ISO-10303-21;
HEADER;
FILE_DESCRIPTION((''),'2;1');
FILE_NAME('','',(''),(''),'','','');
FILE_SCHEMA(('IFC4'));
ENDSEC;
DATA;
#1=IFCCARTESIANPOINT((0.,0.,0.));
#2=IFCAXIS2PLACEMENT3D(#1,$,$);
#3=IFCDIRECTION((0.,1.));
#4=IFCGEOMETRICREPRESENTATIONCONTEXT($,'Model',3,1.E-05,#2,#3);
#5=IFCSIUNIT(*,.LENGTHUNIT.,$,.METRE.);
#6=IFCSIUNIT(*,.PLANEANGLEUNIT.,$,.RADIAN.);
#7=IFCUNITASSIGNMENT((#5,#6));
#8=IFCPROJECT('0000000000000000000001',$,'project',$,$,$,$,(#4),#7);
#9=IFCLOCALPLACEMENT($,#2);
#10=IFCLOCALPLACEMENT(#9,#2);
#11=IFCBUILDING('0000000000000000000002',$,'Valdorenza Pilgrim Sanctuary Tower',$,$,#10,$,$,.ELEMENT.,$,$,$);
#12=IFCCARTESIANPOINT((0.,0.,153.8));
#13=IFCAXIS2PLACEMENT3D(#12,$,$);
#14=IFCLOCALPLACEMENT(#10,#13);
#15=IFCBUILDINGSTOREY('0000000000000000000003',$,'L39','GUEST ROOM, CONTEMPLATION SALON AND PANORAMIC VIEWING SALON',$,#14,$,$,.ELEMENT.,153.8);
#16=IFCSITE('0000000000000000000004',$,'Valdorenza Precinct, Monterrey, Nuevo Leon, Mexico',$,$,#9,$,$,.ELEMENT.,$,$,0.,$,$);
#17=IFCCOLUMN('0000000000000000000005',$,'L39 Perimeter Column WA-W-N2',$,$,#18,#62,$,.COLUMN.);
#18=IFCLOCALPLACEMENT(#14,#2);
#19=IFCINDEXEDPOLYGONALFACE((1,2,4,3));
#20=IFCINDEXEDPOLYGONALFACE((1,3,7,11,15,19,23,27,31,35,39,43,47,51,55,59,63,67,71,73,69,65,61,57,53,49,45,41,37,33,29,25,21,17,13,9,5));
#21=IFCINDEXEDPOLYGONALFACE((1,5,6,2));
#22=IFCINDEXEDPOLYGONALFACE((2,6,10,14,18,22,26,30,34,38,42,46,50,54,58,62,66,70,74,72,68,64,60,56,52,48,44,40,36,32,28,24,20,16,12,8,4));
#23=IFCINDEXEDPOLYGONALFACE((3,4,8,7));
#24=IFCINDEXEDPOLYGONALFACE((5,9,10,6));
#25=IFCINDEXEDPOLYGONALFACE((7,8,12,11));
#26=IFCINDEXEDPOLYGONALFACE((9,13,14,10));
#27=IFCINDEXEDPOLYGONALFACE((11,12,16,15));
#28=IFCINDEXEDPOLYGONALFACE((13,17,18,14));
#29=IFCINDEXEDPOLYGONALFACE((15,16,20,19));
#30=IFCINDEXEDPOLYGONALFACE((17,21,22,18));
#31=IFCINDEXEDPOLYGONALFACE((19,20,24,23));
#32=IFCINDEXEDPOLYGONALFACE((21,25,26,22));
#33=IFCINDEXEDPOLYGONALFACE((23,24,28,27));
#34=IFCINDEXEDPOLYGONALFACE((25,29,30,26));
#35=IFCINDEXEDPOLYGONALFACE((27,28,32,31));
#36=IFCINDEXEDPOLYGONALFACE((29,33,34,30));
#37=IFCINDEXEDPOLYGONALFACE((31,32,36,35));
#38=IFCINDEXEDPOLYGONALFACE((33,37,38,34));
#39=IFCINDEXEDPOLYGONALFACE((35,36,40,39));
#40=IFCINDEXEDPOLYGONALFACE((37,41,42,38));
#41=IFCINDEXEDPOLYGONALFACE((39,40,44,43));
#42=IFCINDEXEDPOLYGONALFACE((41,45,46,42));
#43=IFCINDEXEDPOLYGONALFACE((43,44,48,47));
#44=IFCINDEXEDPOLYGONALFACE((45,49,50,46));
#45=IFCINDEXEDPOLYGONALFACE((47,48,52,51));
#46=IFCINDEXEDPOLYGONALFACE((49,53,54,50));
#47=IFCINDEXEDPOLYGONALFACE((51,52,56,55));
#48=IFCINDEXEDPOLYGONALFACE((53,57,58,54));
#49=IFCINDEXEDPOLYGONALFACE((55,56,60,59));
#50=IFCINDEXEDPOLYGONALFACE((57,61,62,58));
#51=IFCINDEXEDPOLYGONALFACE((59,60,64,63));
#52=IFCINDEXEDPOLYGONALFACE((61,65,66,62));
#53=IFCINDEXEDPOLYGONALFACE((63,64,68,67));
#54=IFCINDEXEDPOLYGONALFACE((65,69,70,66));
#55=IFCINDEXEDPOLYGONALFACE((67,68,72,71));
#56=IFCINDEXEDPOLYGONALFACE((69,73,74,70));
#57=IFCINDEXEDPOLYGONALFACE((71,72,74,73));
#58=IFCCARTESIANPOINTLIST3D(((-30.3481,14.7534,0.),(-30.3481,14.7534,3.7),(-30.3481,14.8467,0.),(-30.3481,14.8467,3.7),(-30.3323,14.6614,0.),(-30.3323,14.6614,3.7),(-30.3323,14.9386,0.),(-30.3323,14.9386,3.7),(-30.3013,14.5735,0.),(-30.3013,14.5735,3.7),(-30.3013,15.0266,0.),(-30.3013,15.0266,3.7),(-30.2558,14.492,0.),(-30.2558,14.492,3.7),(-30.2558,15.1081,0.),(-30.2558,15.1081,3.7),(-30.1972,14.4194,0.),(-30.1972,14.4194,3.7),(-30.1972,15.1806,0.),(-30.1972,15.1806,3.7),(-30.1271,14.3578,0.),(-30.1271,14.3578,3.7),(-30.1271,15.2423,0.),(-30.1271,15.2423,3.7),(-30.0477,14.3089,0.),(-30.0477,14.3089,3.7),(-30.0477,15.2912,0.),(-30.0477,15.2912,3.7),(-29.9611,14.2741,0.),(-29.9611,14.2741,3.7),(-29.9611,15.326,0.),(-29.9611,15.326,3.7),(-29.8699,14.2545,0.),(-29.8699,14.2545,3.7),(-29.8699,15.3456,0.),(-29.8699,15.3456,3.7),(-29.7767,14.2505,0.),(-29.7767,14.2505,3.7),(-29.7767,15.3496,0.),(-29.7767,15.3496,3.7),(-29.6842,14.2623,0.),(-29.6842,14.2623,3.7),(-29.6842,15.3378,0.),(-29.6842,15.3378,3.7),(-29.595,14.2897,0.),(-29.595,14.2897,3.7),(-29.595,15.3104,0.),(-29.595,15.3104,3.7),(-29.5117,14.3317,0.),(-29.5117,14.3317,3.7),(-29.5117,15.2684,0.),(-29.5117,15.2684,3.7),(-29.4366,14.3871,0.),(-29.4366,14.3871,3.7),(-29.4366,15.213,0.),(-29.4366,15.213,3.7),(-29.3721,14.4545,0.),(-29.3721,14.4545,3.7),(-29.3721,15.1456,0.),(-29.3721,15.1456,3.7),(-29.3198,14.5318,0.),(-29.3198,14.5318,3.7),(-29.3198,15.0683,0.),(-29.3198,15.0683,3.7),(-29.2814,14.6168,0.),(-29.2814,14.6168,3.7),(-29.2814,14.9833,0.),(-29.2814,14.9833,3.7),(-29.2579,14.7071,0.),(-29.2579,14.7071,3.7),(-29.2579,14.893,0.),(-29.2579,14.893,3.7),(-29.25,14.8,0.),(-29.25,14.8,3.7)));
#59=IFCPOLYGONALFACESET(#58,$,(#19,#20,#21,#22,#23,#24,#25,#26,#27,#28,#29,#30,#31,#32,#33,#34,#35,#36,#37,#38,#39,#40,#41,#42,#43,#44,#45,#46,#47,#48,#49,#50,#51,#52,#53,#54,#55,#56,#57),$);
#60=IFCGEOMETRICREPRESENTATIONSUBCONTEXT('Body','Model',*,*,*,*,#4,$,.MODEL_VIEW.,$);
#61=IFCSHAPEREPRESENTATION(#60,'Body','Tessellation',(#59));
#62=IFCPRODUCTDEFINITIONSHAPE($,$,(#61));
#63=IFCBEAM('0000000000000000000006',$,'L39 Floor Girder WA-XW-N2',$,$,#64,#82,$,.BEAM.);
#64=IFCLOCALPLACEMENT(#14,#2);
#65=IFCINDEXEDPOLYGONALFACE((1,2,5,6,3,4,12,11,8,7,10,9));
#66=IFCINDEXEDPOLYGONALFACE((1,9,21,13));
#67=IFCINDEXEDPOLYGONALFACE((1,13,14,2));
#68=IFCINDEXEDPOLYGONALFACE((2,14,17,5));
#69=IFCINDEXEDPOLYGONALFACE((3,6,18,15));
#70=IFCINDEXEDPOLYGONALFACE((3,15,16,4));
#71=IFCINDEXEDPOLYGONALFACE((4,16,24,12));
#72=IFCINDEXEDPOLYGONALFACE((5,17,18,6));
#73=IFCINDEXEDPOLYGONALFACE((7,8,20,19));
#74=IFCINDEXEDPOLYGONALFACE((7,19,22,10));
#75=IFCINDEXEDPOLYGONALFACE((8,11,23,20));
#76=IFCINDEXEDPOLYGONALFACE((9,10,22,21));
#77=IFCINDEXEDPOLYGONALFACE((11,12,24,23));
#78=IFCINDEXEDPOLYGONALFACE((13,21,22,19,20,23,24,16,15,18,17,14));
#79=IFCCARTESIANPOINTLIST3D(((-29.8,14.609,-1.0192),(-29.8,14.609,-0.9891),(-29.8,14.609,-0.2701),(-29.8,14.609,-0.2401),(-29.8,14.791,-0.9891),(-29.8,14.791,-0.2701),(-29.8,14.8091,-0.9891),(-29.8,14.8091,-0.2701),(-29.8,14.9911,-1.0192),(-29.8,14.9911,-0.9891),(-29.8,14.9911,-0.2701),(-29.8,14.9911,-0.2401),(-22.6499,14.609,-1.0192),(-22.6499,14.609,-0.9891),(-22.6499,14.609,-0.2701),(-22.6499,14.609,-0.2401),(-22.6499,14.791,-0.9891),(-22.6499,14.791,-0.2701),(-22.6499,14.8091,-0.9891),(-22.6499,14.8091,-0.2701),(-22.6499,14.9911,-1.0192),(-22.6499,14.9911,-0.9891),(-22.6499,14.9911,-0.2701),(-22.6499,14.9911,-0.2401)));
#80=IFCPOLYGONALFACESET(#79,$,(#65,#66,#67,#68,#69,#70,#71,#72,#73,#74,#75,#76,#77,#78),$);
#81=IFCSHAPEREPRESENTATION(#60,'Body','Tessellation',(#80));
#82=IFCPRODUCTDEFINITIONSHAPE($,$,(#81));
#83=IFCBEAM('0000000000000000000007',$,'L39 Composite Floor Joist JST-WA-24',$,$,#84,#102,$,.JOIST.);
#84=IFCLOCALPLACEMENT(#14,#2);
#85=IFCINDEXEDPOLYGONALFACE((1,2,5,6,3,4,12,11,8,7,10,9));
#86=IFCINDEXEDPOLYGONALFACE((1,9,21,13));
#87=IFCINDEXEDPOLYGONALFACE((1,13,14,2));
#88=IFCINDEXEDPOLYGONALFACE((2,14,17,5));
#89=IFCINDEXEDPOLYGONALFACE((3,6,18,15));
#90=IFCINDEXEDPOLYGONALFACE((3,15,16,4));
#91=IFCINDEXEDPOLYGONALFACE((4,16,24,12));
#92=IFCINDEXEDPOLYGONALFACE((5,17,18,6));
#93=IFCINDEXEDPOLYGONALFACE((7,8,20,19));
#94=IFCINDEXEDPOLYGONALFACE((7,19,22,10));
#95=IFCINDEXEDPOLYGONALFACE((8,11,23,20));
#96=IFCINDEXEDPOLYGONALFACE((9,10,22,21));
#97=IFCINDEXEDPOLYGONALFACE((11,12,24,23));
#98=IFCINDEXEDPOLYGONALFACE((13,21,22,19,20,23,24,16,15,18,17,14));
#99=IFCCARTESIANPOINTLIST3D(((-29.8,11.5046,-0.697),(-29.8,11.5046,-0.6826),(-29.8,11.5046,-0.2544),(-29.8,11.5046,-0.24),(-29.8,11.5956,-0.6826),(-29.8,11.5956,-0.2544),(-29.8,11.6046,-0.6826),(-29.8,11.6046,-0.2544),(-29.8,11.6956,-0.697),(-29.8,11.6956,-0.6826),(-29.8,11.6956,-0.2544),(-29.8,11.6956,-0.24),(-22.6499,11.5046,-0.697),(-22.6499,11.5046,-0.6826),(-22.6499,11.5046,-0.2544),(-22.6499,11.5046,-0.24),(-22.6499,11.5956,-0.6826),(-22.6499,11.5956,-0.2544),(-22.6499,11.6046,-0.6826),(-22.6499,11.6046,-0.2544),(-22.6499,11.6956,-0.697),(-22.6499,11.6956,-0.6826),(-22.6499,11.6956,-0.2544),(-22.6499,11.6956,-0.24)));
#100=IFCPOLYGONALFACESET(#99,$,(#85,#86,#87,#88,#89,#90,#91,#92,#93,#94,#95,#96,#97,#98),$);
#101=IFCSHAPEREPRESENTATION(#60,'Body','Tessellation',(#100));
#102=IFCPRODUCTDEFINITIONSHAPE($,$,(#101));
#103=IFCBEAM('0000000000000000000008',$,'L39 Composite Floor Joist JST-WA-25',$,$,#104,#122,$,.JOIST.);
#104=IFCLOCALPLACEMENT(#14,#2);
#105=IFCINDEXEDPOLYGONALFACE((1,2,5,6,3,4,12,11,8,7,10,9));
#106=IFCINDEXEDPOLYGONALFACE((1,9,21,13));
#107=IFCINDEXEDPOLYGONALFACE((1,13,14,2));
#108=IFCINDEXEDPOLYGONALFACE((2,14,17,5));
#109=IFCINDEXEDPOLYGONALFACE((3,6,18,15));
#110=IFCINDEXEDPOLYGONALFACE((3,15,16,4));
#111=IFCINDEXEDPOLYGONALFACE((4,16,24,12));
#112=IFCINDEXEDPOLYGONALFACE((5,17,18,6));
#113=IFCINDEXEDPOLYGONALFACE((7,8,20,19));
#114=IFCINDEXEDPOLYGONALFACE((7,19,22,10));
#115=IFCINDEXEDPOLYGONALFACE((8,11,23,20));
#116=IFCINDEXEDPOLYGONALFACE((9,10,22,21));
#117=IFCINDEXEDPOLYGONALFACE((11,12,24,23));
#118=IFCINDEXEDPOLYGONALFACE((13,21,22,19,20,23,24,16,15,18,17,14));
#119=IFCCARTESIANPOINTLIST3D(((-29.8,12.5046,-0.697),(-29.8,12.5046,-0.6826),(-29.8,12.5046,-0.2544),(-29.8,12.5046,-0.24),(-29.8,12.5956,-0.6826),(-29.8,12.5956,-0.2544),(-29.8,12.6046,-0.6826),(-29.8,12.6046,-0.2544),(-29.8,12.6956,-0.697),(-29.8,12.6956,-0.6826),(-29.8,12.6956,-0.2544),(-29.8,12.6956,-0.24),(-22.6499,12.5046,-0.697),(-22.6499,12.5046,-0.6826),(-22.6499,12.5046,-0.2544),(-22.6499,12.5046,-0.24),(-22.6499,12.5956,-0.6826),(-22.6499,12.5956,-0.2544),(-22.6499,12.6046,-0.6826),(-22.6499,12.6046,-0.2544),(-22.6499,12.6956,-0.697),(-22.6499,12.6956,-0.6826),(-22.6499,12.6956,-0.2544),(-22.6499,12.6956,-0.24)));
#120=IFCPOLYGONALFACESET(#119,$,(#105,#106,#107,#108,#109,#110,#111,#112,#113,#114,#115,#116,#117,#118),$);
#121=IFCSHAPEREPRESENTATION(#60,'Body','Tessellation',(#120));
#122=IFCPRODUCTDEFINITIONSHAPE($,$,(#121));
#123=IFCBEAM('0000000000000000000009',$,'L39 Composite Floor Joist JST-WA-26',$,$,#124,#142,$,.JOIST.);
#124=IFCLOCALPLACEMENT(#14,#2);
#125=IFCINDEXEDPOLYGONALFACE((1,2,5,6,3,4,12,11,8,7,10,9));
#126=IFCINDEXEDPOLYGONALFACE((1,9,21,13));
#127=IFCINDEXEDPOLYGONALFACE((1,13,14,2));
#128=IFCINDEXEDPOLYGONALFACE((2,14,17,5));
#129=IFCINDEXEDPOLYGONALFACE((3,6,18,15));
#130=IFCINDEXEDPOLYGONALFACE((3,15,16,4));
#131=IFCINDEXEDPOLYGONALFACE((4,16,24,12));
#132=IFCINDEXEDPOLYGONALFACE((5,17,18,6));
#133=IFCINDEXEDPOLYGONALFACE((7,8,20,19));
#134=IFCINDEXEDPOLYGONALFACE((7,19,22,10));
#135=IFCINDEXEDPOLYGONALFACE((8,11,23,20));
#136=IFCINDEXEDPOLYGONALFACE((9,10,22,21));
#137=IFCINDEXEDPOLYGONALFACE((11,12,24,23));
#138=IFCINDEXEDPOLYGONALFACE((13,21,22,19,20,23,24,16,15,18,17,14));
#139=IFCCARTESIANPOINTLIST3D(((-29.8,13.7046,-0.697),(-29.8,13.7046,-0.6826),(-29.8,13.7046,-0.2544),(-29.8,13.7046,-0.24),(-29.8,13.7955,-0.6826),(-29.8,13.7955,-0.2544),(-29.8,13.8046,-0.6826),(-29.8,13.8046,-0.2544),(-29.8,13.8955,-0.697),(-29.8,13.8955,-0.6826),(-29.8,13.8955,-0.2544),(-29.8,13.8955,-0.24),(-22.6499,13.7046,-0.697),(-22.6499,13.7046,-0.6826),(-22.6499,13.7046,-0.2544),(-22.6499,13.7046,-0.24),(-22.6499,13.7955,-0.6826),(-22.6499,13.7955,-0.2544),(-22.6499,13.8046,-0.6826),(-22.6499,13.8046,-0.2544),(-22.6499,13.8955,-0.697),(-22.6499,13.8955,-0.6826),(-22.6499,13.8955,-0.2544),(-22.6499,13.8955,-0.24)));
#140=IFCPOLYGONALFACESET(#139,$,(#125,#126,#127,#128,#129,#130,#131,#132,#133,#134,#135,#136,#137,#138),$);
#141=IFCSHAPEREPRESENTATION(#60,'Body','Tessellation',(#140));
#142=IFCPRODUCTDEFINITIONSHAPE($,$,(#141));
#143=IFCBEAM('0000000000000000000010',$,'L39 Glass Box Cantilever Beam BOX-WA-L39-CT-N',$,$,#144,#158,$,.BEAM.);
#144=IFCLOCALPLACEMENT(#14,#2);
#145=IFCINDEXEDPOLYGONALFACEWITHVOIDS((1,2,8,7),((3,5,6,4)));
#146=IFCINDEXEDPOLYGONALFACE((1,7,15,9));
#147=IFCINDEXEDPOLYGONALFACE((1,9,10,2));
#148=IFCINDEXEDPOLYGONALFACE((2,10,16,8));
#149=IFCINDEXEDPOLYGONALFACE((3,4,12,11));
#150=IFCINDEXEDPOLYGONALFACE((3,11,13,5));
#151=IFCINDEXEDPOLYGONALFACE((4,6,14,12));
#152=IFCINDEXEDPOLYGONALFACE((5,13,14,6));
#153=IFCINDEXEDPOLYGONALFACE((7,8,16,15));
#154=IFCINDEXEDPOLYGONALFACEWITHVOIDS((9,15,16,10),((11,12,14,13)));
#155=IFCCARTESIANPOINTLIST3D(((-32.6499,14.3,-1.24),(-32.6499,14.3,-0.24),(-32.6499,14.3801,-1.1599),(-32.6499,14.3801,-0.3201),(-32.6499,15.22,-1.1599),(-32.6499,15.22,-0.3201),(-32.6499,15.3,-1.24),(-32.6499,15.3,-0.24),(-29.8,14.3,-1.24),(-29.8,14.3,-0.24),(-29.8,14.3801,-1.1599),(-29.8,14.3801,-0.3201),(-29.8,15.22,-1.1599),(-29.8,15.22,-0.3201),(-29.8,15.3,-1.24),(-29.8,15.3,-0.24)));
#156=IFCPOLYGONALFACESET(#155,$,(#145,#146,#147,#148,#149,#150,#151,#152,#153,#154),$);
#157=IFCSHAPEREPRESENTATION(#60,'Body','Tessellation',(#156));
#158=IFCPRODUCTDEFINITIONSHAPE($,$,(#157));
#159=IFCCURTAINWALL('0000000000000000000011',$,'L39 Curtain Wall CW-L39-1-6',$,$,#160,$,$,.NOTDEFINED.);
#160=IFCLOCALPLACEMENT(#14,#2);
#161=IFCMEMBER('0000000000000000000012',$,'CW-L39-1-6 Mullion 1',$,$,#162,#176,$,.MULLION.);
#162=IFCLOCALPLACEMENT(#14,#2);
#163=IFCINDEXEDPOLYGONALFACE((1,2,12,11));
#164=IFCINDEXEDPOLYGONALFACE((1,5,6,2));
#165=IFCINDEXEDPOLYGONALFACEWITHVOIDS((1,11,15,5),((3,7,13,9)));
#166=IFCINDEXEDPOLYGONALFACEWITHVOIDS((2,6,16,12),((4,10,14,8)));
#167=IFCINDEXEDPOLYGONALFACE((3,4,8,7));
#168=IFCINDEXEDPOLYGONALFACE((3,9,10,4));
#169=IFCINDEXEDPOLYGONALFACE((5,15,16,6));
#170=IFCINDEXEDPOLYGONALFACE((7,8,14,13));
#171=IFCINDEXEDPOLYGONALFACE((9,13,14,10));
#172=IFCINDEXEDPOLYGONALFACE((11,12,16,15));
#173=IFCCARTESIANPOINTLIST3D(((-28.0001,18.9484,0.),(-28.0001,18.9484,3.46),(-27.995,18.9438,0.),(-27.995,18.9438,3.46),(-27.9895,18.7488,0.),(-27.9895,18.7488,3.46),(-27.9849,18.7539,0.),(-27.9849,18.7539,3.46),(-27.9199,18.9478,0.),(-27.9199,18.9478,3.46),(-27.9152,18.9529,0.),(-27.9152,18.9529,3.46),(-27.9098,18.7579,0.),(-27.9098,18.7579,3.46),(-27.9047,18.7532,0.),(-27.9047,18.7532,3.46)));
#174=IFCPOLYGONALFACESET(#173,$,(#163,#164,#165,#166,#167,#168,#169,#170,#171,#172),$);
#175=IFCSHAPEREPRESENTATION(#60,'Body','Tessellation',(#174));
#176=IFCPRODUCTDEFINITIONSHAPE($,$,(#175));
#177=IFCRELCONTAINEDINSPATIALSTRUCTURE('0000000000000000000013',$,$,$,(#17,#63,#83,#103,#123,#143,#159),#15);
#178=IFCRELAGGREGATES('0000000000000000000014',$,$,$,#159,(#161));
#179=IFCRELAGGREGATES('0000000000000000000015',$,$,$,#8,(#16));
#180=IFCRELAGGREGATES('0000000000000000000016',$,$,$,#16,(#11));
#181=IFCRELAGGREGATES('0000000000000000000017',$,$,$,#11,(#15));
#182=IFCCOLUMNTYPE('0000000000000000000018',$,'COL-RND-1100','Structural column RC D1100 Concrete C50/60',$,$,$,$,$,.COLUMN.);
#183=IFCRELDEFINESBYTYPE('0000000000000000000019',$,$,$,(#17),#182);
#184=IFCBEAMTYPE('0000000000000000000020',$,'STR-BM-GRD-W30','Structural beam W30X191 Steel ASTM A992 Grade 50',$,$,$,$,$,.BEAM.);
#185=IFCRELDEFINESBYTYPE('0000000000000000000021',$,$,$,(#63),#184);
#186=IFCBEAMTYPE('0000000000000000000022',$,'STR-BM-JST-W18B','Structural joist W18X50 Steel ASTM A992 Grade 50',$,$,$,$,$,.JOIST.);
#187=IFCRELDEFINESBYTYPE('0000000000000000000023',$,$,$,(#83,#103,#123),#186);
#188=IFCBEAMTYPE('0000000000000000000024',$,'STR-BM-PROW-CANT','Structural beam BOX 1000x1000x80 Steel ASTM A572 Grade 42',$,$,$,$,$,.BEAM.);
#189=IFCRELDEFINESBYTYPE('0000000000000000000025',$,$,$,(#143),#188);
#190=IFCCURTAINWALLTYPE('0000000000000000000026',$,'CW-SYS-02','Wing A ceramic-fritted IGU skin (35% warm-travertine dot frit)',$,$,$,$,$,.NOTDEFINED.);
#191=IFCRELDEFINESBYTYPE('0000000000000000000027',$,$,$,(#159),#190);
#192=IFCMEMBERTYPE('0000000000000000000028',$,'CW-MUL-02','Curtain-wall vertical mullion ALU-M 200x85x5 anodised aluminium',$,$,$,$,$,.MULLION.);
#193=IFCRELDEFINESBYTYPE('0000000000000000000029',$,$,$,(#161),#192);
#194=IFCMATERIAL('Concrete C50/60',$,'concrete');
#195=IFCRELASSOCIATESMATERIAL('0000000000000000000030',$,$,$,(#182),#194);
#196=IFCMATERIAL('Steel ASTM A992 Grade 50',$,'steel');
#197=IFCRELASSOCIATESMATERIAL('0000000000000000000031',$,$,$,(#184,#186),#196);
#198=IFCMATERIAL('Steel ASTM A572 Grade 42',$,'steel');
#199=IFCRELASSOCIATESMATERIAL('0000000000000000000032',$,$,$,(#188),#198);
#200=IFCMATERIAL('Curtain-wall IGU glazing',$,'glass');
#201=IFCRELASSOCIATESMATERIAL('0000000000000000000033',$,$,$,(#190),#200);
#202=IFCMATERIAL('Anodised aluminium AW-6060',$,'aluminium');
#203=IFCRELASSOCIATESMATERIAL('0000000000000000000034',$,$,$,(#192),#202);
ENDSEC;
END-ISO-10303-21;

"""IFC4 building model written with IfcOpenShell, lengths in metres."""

from ifc_helpers import new_model, si_unit, direction, frame, origin, origin_2d, place, context, subcontext, project, spatial, hollow_rectangle, circle, i_section, extrude, source, transform, mapped, material, material_profile, profile_set, type_object, element, aggregate, save


model = new_model("IFC4")

# Units and contexts
model_context = context("Model", 3, precision=1e-05, world=origin(), true_north=direction((0.0, 1.0)))
body_context = subcontext(model_context, "Body", "Model", "MODEL_VIEW")
ifc_project = project(units=[si_unit("LENGTHUNIT", "METRE"), si_unit("PLANEANGLEUNIT", "RADIAN")], contexts=[model_context])

# Site, building, storey
site_placement = place(None, origin())
site = spatial("IfcSite", under=ifc_project, at=site_placement, Name="Valdorenza Precinct, Monterrey, Nuevo Leon, Mexico", CompositionType="ELEMENT", RefElevation=0.0)
building_placement = place(site_placement, origin())
building = spatial("IfcBuilding", under=site, at=building_placement, Name="Valdorenza Pilgrim Sanctuary Tower", CompositionType="ELEMENT")
storey_placement = place(building_placement, frame((0.0, 0.0, 153.8)))
storey = spatial("IfcBuildingStorey", under=building, at=storey_placement, Name="L39", Description="GUEST ROOM, CONTEMPLATION SALON AND PANORAMIC VIEWING SALON", CompositionType="ELEMENT", Elevation=153.8)

# Column
ifc_material_1 = material(Name="Concrete C50/60", Category="concrete")
ifc_material_profile_1 = material_profile(ifc_material_1, circle(Radius=0.55, at=origin_2d()), Name="RC D1100")
ifc_profile_set_1 = profile_set([ifc_material_profile_1], Name="Concrete C50/60")
column_type = type_object("IfcColumnType", Name="COL-RND-1100", Description="Structural column RC D1100 Concrete C50/60", PredefinedType="COLUMN", material=ifc_profile_set_1)
shared_shape_1 = source(origin(), body_context, "Body", "SweptSolid", [
    extrude(circle(Radius=0.55, at=origin_2d()), origin(), (0.0, 0.0, 1.0), 3.7),
])
column_placement = place(storey_placement, frame((-29.8, 14.8, 0.0), z_axis=(0.0, 0.0, 1.0), x_axis=(1.0, 0.0, 0.0)))
element("IfcColumn", 1, at=column_placement, inside=storey, type_object=column_type, Name="L39 Perimeter Column WA-W-N2", PredefinedType="COLUMN", context=body_context, shape_type="MappedRepresentation", body=[
    mapped(shared_shape_1, transform((0.0, 0.0, 0.0), x_axis=(1.0, 0.0, 0.0), y_axis=(0.0, 1.0, 0.0), z_axis=(0.0, 0.0, 1.0), scale=1.0)),
])

# Beams
ifc_material_2 = material(Name="Steel ASTM A992 Grade 50", Category="steel")
ifc_material_profile_2 = material_profile(ifc_material_2, i_section(OverallWidth=0.3821, OverallDepth=0.7791, WebThickness=0.0181, FlangeThickness=0.03, at=origin_2d()), Name="W30X191")
ifc_profile_set_2 = profile_set([ifc_material_profile_2], Name="Steel ASTM A992 Grade 50")
beam_type_1 = type_object("IfcBeamType", Name="STR-BM-GRD-W30", Description="Structural beam W30X191 Steel ASTM A992 Grade 50", PredefinedType="BEAM", material=ifc_profile_set_2)
shared_shape_2 = source(origin(), body_context, "Body", "SweptSolid", [
    extrude(i_section(OverallWidth=0.3821, OverallDepth=0.7791, WebThickness=0.0181, FlangeThickness=0.03, at=origin_2d()), origin(), (0.0, 0.0, 1.0), 7.1501),
])
beam_1_placement = place(storey_placement, frame((-29.8, 14.8, -0.6296), z_axis=(1.0, 0.0, 0.0), x_axis=(0.0, 1.0, 0.0)))
element("IfcBeam", 2, at=beam_1_placement, inside=storey, type_object=beam_type_1, Name="L39 Floor Girder WA-XW-N2", PredefinedType="BEAM", context=body_context, shape_type="MappedRepresentation", body=[
    mapped(shared_shape_2, transform((0.0, 0.0, 0.0), x_axis=(1.0, 0.0, 0.0), y_axis=(0.0, 1.0, 0.0), z_axis=(0.0, 0.0, 1.0), scale=1.0)),
])
ifc_material_profile_3 = material_profile(ifc_material_2, i_section(OverallWidth=0.1909, OverallDepth=0.457, WebThickness=0.009, FlangeThickness=0.0144, at=origin_2d()), Name="W18X50")
ifc_profile_set_3 = profile_set([ifc_material_profile_3], Name="Steel ASTM A992 Grade 50")
beam_type_2 = type_object("IfcBeamType", Name="STR-BM-JST-W18B", Description="Structural joist W18X50 Steel ASTM A992 Grade 50", PredefinedType="JOIST", material=ifc_profile_set_3)
shared_shape_3 = source(origin(), body_context, "Body", "SweptSolid", [
    extrude(i_section(OverallWidth=0.1909, OverallDepth=0.457, WebThickness=0.009, FlangeThickness=0.0144, at=origin_2d()), origin(), (0.0, 0.0, 1.0), 7.1501),
])
for number, where, z_axis, x_axis, name in (
    (3, (-29.8, 11.6001, -0.4685), (1.0, 0.0, 0.0), (0.0, 1.0, 0.0), "L39 Composite Floor Joist JST-WA-24"),
    (4, (-29.8, 12.6001, -0.4685), (1.0, 0.0, 0.0), (0.0, 1.0, 0.0), "L39 Composite Floor Joist JST-WA-25"),
    (5, (-29.8, 13.8, -0.4685), (1.0, 0.0, 0.0), (0.0, 1.0, 0.0), "L39 Composite Floor Joist JST-WA-26"),
):
    element("IfcBeam", number, at=place(storey_placement, frame(where, z_axis=z_axis, x_axis=x_axis)), inside=storey, type_object=beam_type_2, Name=name, PredefinedType="JOIST", context=body_context, shape_type="MappedRepresentation", body=[
        mapped(shared_shape_3, transform((0.0, 0.0, 0.0), x_axis=(1.0, 0.0, 0.0), y_axis=(0.0, 1.0, 0.0), z_axis=(0.0, 0.0, 1.0), scale=1.0)),
    ])
ifc_material_3 = material(Name="Steel ASTM A572 Grade 42", Category="steel")
ifc_material_profile_4 = material_profile(ifc_material_3, hollow_rectangle(XDim=1.0, YDim=1.0, WallThickness=0.0801, at=origin_2d()), Name="BOX 1000x1000x80")
ifc_profile_set_4 = profile_set([ifc_material_profile_4], Name="Steel ASTM A572 Grade 42")
beam_type_3 = type_object("IfcBeamType", Name="STR-BM-PROW-CANT", Description="Structural beam BOX 1000x1000x80 Steel ASTM A572 Grade 42", PredefinedType="BEAM", material=ifc_profile_set_4)
shared_shape_4 = source(origin(), body_context, "Body", "SweptSolid", [
    extrude(hollow_rectangle(XDim=1.0, YDim=1.0, WallThickness=0.0801, at=origin_2d()), origin(), (0.0, 0.0, 1.0), 2.8499),
])
beam_2_placement = place(storey_placement, frame((-29.8, 14.8, -0.74), z_axis=(-1.0, 0.0, 0.0), x_axis=(0.0, -1.0, 0.0)))
element("IfcBeam", 6, at=beam_2_placement, inside=storey, type_object=beam_type_3, Name="L39 Glass Box Cantilever Beam BOX-WA-L39-CT-N", PredefinedType="BEAM", context=body_context, shape_type="MappedRepresentation", body=[
    mapped(shared_shape_4, transform((0.0, 0.0, 0.0), x_axis=(1.0, 0.0, 0.0), y_axis=(0.0, 1.0, 0.0), z_axis=(0.0, 0.0, 1.0), scale=1.0)),
])

# Curtain wall, member
ifc_material_4 = material(Name="Curtain-wall IGU glazing", Category="glass")
curtain_wall_type = type_object("IfcCurtainWallType", Name="CW-SYS-02", Description="Wing A ceramic-fritted IGU skin (35% warm-travertine dot frit)", PredefinedType="NOTDEFINED", material=ifc_material_4)
curtain_wall_1_placement = place(storey_placement, origin())
curtain_wall_1 = element("IfcCurtainWall", 7, at=curtain_wall_1_placement, inside=storey, type_object=curtain_wall_type, Name="L39 Curtain Wall CW-L39-1-6", PredefinedType="NOTDEFINED")
ifc_material_5 = material(Name="Anodised aluminium AW-6060", Category="aluminium")
ifc_material_profile_5 = material_profile(ifc_material_5, hollow_rectangle(XDim=0.085, YDim=0.2, WallThickness=0.0049, at=origin_2d()), Name="ALU-M 200x85x5")
ifc_profile_set_5 = profile_set([ifc_material_profile_5], Name="Anodised aluminium AW-6060")
member_type_1 = type_object("IfcMemberType", Name="CW-MUL-02", Description="Curtain-wall vertical mullion ALU-M 200x85x5 anodised aluminium", PredefinedType="MULLION", material=ifc_profile_set_5)
shared_shape_5 = source(origin(), body_context, "Body", "SweptSolid", [
    extrude(hollow_rectangle(XDim=0.085, YDim=0.2, WallThickness=0.0049, at=origin_2d()), origin(), (0.0, 0.0, 1.0), 3.46),
])
member_1_placement = place(storey_placement, frame((-27.9524, 18.8508, 0.0), z_axis=(0.0, 0.0, 1.0), x_axis=(0.998608, 0.052754, 0.0)))
member_1 = element("IfcMember", 8, at=member_1_placement, type_object=member_type_1, Name="CW-L39-1-6 Mullion 1", PredefinedType="MULLION", context=body_context, shape_type="MappedRepresentation", body=[
    mapped(shared_shape_5, transform((0.0, 0.0, 0.0), x_axis=(1.0, 0.0, 0.0), y_axis=(0.0, 1.0, 0.0), z_axis=(0.0, 0.0, 1.0), scale=1.0)),
])

aggregate(curtain_wall_1, [member_1])

save(model, "model.ifc")
